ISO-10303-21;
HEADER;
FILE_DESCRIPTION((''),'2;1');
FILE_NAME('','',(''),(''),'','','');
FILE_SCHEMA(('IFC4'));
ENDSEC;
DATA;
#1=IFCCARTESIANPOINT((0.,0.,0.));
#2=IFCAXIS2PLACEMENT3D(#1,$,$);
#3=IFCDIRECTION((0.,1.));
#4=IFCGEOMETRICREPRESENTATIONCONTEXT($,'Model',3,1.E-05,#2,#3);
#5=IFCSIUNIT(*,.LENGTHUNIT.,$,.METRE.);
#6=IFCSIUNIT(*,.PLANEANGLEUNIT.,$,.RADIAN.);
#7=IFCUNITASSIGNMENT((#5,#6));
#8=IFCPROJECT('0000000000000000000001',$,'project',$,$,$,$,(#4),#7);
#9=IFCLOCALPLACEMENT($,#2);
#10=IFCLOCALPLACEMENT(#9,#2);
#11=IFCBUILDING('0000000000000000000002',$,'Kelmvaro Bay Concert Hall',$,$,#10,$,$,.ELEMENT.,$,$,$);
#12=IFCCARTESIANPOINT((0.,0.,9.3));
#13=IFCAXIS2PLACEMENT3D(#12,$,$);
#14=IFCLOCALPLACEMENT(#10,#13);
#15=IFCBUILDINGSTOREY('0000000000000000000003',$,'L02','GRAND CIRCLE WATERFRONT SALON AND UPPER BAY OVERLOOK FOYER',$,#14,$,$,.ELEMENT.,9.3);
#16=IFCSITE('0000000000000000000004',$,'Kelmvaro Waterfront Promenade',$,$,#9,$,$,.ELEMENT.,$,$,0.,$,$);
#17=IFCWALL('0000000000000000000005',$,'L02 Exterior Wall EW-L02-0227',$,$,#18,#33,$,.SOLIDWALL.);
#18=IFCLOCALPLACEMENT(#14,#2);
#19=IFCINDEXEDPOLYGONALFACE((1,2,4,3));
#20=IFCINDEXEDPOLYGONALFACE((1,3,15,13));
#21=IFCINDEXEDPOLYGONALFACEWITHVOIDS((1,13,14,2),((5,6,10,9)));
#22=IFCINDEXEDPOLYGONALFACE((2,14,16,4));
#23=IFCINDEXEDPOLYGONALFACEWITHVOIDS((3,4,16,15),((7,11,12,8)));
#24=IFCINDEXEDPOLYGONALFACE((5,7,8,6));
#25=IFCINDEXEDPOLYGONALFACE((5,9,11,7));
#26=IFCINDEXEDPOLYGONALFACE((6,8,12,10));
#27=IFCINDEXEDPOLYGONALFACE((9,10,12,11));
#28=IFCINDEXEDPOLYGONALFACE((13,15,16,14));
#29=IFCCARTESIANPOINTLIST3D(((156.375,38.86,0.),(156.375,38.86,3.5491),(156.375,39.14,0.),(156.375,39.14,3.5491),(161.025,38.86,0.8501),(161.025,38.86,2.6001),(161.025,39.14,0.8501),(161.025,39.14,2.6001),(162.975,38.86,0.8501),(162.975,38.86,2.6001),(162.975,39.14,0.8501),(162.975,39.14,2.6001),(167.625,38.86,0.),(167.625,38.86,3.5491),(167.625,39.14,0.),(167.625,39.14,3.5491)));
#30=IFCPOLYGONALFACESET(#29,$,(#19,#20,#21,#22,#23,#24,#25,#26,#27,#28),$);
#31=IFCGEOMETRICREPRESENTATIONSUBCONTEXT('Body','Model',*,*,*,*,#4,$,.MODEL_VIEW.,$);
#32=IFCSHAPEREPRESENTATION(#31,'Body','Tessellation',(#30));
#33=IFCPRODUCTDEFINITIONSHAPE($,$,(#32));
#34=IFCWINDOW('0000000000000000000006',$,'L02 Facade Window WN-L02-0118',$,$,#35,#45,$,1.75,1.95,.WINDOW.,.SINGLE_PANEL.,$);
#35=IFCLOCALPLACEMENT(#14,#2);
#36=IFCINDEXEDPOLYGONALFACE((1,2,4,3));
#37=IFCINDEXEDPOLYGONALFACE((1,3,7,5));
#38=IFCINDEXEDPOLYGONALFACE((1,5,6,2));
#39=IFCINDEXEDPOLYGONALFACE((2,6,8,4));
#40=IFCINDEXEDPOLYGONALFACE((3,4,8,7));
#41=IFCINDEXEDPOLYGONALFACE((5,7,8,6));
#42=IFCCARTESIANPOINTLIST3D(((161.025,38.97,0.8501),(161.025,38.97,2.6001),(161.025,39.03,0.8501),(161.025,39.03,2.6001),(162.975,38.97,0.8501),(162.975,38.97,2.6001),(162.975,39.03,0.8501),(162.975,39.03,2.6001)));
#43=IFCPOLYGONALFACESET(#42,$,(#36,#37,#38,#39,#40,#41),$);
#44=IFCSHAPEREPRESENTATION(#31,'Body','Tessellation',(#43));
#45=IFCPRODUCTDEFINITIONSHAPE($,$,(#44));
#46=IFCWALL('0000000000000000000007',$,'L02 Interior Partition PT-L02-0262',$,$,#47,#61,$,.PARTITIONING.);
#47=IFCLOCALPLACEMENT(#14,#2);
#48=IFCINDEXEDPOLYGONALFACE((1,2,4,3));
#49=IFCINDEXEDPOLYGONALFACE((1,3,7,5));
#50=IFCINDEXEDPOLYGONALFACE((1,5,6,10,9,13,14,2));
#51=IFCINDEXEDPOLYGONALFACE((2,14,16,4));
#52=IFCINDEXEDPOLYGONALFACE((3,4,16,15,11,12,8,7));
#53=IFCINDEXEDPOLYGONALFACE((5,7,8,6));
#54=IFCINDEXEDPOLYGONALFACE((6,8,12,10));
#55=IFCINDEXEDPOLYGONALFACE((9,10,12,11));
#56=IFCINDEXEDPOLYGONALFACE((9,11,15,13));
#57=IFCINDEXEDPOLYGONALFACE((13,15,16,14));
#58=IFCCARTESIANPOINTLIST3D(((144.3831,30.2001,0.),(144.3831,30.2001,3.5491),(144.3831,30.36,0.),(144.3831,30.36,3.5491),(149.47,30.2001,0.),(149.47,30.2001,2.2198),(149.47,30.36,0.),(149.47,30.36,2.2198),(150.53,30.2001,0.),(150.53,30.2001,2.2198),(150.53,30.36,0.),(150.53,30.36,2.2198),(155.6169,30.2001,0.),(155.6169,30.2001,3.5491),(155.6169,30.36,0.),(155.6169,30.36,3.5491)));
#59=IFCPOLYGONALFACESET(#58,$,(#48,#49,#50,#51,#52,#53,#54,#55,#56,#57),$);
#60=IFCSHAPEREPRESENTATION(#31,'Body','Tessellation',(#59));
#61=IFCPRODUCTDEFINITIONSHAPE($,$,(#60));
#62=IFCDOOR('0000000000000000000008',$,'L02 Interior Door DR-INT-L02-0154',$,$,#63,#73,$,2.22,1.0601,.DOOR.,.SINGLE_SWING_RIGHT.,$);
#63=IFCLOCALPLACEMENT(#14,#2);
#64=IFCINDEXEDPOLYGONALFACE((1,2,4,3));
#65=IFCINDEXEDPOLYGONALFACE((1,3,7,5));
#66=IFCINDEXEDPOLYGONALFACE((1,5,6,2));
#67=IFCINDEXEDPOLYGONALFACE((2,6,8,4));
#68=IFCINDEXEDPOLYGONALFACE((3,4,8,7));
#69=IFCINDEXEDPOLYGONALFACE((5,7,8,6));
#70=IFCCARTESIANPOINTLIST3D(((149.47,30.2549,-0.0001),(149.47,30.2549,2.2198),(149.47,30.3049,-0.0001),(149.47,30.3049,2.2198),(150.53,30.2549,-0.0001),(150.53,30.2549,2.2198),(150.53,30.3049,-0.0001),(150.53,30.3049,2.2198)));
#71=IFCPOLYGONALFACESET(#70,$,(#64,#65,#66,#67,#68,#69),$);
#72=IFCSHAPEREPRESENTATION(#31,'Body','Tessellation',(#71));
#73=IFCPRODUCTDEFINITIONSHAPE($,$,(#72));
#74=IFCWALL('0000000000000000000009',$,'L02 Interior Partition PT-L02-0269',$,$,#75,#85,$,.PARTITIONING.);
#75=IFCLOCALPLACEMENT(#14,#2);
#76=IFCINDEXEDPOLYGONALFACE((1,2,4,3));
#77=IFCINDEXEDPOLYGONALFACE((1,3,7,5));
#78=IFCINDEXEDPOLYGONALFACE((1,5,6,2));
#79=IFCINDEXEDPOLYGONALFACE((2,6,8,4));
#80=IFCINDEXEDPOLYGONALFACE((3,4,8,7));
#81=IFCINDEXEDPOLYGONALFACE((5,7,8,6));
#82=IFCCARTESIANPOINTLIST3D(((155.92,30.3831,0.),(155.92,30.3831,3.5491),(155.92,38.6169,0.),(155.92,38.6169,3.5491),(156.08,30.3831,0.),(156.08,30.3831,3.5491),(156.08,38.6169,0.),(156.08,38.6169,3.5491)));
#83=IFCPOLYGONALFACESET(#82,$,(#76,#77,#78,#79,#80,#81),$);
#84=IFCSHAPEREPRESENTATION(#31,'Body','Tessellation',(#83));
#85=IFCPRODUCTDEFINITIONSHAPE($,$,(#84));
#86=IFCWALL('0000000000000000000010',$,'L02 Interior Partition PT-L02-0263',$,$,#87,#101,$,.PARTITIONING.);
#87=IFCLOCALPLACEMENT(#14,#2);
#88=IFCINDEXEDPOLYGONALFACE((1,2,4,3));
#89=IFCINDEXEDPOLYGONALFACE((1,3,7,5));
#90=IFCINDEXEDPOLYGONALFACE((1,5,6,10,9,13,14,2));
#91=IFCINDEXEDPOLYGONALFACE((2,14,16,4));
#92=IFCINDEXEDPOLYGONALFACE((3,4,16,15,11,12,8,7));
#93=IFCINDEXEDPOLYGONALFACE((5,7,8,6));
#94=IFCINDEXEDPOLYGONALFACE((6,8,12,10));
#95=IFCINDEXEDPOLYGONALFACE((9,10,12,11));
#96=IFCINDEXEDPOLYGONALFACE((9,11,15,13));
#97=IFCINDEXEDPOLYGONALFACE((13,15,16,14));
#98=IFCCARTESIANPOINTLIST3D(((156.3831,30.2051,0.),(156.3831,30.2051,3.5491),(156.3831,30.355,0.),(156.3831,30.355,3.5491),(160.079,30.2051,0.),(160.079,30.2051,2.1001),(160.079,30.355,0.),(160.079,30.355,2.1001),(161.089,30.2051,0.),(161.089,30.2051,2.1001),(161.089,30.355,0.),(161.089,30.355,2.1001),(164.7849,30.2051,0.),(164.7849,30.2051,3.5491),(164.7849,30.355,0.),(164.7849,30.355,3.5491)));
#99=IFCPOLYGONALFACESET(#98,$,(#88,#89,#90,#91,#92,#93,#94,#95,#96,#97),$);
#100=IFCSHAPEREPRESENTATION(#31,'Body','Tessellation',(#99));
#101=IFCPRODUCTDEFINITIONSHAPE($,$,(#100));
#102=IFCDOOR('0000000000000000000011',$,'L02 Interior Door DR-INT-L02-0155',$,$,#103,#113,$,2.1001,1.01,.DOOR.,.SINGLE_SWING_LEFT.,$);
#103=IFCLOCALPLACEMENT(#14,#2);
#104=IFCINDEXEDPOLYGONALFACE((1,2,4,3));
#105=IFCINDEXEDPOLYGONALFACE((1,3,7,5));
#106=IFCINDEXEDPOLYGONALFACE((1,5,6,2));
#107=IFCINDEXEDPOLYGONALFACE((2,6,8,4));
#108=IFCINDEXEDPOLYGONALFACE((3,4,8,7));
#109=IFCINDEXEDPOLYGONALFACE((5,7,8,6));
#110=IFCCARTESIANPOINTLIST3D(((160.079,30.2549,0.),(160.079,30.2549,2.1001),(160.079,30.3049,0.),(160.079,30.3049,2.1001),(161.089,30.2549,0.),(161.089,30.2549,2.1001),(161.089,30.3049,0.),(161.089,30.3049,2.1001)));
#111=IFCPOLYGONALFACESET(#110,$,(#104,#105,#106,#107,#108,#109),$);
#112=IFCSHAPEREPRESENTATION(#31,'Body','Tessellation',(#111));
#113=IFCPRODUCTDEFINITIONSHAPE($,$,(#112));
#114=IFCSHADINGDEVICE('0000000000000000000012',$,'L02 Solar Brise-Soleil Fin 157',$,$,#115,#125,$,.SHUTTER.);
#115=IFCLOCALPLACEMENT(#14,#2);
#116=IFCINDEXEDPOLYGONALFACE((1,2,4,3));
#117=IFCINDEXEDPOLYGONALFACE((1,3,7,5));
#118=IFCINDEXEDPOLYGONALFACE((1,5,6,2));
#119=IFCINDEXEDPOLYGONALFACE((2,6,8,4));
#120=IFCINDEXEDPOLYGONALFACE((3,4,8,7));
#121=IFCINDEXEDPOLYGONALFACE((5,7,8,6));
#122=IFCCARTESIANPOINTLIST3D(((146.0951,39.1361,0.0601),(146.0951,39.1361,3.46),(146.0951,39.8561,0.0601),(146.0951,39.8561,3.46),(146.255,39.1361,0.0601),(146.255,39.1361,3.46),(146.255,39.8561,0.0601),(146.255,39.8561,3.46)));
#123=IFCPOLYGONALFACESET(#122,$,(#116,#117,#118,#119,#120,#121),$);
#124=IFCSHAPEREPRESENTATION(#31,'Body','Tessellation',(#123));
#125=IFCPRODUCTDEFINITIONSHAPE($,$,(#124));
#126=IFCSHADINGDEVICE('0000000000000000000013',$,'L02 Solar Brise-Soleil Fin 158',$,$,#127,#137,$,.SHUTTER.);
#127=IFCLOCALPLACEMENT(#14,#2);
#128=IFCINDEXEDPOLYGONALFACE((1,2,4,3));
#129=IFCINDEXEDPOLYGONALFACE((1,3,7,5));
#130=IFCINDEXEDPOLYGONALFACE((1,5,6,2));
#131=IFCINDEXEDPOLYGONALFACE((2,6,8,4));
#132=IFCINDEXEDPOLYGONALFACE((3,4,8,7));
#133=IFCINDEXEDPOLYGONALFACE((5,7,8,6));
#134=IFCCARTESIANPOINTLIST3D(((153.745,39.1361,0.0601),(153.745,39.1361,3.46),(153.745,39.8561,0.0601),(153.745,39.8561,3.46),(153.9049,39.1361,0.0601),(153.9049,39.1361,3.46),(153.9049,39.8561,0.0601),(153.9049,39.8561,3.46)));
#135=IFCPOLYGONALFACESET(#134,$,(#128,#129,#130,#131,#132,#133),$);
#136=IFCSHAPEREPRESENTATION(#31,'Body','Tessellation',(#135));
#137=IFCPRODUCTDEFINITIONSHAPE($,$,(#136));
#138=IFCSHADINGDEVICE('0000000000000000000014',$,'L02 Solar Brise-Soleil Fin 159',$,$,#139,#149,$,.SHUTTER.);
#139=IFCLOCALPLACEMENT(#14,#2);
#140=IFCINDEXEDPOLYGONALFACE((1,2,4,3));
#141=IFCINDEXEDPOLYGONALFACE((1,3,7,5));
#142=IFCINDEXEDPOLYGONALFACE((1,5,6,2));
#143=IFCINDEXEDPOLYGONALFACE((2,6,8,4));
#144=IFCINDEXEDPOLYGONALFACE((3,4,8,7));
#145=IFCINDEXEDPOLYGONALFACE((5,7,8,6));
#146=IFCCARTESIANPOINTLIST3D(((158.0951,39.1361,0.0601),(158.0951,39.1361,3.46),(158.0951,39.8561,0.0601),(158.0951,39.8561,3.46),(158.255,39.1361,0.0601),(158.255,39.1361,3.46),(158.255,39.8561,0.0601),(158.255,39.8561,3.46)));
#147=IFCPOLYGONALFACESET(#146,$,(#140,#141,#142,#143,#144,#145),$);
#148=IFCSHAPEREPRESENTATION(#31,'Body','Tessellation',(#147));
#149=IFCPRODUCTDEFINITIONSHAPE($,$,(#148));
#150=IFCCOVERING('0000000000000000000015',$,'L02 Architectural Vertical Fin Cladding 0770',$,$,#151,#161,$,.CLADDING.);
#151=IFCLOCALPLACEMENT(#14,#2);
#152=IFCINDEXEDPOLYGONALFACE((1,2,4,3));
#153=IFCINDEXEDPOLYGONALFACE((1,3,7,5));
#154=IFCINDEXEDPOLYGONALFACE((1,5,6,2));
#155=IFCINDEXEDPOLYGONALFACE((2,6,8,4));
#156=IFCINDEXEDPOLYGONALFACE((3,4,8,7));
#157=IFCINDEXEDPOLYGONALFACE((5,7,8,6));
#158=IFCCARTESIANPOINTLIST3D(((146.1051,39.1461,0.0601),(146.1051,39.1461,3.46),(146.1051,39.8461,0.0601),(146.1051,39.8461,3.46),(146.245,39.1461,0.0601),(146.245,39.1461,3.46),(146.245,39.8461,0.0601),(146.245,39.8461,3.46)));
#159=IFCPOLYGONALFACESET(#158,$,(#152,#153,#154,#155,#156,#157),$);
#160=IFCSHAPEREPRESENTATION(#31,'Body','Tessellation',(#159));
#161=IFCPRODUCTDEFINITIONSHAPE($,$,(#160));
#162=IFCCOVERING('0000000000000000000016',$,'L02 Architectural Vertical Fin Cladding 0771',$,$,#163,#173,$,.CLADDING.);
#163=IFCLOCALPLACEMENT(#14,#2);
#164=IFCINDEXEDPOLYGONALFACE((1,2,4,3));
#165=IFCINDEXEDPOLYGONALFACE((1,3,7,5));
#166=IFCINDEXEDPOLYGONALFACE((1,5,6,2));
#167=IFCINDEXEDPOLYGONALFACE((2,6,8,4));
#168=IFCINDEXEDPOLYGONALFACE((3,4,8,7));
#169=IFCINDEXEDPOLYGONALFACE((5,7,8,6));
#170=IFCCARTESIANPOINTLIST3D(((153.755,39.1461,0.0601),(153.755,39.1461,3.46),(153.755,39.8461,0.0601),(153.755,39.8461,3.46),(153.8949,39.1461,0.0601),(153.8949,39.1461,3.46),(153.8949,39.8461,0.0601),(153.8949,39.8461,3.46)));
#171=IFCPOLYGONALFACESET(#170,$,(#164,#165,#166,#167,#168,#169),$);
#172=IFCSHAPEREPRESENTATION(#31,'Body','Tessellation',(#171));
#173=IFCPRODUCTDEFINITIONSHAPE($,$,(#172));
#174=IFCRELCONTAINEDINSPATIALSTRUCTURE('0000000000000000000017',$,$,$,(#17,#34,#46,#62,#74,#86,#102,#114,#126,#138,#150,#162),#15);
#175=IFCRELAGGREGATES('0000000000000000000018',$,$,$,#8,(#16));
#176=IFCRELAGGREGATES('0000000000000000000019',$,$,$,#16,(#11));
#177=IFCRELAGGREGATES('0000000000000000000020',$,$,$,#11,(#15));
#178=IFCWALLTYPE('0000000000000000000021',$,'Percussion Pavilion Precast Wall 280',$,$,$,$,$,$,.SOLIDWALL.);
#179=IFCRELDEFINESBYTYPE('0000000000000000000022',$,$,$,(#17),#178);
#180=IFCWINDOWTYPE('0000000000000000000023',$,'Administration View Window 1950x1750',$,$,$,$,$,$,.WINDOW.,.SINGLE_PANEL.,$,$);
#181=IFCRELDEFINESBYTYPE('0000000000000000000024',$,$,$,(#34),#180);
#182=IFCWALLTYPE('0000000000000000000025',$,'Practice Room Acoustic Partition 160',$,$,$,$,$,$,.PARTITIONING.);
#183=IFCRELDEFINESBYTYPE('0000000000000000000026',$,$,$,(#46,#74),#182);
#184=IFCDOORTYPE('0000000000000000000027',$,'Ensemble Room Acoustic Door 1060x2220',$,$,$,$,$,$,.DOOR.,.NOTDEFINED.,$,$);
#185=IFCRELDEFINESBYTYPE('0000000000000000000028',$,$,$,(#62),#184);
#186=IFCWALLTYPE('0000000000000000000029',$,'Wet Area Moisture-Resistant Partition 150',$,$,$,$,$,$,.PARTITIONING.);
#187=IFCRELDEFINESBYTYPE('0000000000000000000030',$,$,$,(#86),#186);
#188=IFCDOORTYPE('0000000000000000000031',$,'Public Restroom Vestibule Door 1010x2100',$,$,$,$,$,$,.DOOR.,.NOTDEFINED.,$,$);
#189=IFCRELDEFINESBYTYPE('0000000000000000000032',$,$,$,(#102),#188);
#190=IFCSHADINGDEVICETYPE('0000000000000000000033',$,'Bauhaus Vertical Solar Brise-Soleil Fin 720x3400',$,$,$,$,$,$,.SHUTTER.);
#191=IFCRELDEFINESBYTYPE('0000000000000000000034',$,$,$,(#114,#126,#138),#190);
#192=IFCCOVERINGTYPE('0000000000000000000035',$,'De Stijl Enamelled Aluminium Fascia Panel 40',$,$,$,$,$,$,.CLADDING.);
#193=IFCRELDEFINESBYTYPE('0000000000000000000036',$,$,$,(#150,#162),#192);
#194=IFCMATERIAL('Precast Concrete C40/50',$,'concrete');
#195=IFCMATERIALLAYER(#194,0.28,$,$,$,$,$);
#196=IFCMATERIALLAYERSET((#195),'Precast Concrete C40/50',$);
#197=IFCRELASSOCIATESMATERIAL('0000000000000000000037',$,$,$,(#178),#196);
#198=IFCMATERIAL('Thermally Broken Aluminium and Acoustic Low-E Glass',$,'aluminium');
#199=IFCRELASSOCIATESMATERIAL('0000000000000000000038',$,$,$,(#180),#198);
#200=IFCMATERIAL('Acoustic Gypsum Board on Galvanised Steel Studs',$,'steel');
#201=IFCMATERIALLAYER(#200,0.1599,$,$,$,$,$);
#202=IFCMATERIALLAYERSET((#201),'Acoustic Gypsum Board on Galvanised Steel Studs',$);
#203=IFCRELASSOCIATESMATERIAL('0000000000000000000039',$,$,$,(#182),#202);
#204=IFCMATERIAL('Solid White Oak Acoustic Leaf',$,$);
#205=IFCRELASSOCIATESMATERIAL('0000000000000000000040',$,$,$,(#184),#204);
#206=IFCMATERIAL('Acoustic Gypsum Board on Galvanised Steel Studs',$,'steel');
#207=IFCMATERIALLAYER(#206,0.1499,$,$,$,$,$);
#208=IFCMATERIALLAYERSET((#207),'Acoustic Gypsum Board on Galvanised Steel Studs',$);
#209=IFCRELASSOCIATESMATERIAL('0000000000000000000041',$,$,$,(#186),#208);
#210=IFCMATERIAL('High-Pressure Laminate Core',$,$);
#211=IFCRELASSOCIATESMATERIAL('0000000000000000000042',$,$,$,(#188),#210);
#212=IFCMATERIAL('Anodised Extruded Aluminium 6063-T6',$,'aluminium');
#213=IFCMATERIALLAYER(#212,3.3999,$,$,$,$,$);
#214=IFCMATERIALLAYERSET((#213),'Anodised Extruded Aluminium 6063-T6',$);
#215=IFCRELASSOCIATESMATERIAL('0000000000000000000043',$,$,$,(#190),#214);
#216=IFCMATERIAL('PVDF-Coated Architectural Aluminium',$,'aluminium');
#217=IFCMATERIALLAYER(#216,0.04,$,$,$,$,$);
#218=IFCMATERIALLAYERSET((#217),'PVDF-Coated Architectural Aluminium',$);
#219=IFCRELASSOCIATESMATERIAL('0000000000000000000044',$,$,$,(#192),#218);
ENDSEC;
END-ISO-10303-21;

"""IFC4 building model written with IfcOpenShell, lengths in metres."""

from ifc_helpers import new_model, si_unit, direction, frame, frame_2d, origin, origin_2d, place, context, subcontext, project, spatial, rectangle, extrude, material, layer, layer_set, type_object, element, fill, save


model = new_model("IFC4")

# Units and contexts
model_context = context("Model", 3, precision=1e-05, world=origin(), true_north=direction((0.0, 1.0)))
body_context = subcontext(model_context, "Body", "Model", "MODEL_VIEW")
ifc_project = project(units=[si_unit("LENGTHUNIT", "METRE"), si_unit("PLANEANGLEUNIT", "RADIAN")], contexts=[model_context])

# Site, building, storey
site_placement = place(None, origin())
site = spatial("IfcSite", under=ifc_project, at=site_placement, Name="Kelmvaro Waterfront Promenade", CompositionType="ELEMENT", RefElevation=0.0)
building_placement = place(site_placement, origin())
building = spatial("IfcBuilding", under=site, at=building_placement, Name="Kelmvaro Bay Concert Hall", CompositionType="ELEMENT")
storey_placement = place(building_placement, frame((0.0, 0.0, 9.3)))
storey = spatial("IfcBuildingStorey", under=building, at=storey_placement, Name="L02", Description="GRAND CIRCLE WATERFRONT SALON AND UPPER BAY OVERLOOK FOYER", CompositionType="ELEMENT", Elevation=9.3)

# Wall, opening, window
ifc_material_1 = material(Name="Precast Concrete C40/50", Category="concrete")
ifc_layer_1 = layer(ifc_material_1, 0.28)
ifc_layer_set_1 = layer_set([ifc_layer_1], Name="Precast Concrete C40/50")
wall_type_1 = type_object("IfcWallType", Name="Percussion Pavilion Precast Wall 280", PredefinedType="SOLIDWALL", material=ifc_layer_set_1)
wall_1_placement = place(storey_placement, frame((156.375, 39.0, 0.0), z_axis=(0.0, 0.0, 1.0), x_axis=(1.0, 0.0, 0.0)))
wall_1 = element("IfcWall", 1, at=wall_1_placement, inside=storey, type_object=wall_type_1, Name="L02 Exterior Wall EW-L02-0227", PredefinedType="SOLIDWALL", context=body_context, shape_type="SweptSolid", body=[
    extrude(rectangle(XDim=11.25, YDim=0.28, at=frame_2d((5.625, 0.0))), origin(), (0.0, 0.0, 1.0), 3.5491),
])
opening_1_placement = place(wall_1_placement, frame((4.6499, 0.0, 0.8501)))
opening_1 = element("IfcOpeningElement", 2, at=opening_1_placement, cuts=wall_1, PredefinedType="OPENING", context=body_context, shape_type="SweptSolid", body=[
    extrude(rectangle(XDim=1.95, YDim=1.75, at=frame_2d((0.9751, 0.875))), frame((0.0, 0.1499, 0.0), z_axis=(0.0, -1.0, 0.0), x_axis=(1.0, 0.0, 0.0)), (0.0, 0.0, 1.0), 0.3),
])
ifc_material_2 = material(Name="Thermally Broken Aluminium and Acoustic Low-E Glass", Category="aluminium")
window_type_1 = type_object("IfcWindowType", Name="Administration View Window 1950x1750", PartitioningType="SINGLE_PANEL", PredefinedType="WINDOW", material=ifc_material_2)
window_1_placement = place(opening_1_placement, origin())
window_1 = element("IfcWindow", 3, at=window_1_placement, inside=storey, type_object=window_type_1, Name="L02 Facade Window WN-L02-0118", OverallHeight=1.75, OverallWidth=1.95, PartitioningType="SINGLE_PANEL", PredefinedType="WINDOW", context=body_context, shape_type="SweptSolid", body=[
    extrude(rectangle(XDim=1.95, YDim=1.75, at=frame_2d((0.9751, 0.875))), frame((0.0, 0.03, 0.0), z_axis=(0.0, -1.0, 0.0), x_axis=(1.0, 0.0, 0.0)), (0.0, 0.0, 1.0), 0.0601),
])
fill(opening_1, window_1)

# Wall, opening, door
ifc_material_3 = material(Name="Acoustic Gypsum Board on Galvanised Steel Studs", Category="steel")
ifc_layer_2 = layer(ifc_material_3, 0.1599)
ifc_layer_set_2 = layer_set([ifc_layer_2], Name="Acoustic Gypsum Board on Galvanised Steel Studs")
wall_type_2 = type_object("IfcWallType", Name="Practice Room Acoustic Partition 160", PredefinedType="PARTITIONING", material=ifc_layer_set_2)
wall_2_placement = place(storey_placement, frame((144.3831, 30.28, 0.0), z_axis=(0.0, 0.0, 1.0), x_axis=(1.0, 0.0, 0.0)))
wall_2 = element("IfcWall", 4, at=wall_2_placement, inside=storey, type_object=wall_type_2, Name="L02 Interior Partition PT-L02-0262", PredefinedType="PARTITIONING", context=body_context, shape_type="SweptSolid", body=[
    extrude(rectangle(XDim=11.2339, YDim=0.1599, at=frame_2d((5.6169, 0.0))), origin(), (0.0, 0.0, 1.0), 3.5491),
])
opening_2_placement = place(wall_2_placement, frame((5.0869, 0.0, 0.0)))
opening_2 = element("IfcOpeningElement", 5, at=opening_2_placement, cuts=wall_2, PredefinedType="OPENING", context=body_context, shape_type="SweptSolid", body=[
    extrude(rectangle(XDim=1.0601, YDim=2.22, at=frame_2d((0.53, 1.1099))), frame((0.0, 0.0898, 0.0), z_axis=(0.0, -1.0, 0.0), x_axis=(1.0, 0.0, 0.0)), (0.0, 0.0, 1.0), 0.1799),
])
ifc_material_4 = material(Name="Solid White Oak Acoustic Leaf")
door_type_1 = type_object("IfcDoorType", Name="Ensemble Room Acoustic Door 1060x2220", OperationType="NOTDEFINED", PredefinedType="DOOR", material=ifc_material_4)
door_1_placement = place(opening_2_placement, origin())
door_1 = element("IfcDoor", 6, at=door_1_placement, inside=storey, type_object=door_type_1, Name="L02 Interior Door DR-INT-L02-0154", OperationType="SINGLE_SWING_RIGHT", OverallHeight=2.22, OverallWidth=1.0601, PredefinedType="DOOR", context=body_context, shape_type="SweptSolid", body=[
    extrude(rectangle(XDim=1.0601, YDim=2.22, at=frame_2d((0.53, 1.1099))), frame((0.0, 0.0249, 0.0), z_axis=(0.0, -1.0, 0.0), x_axis=(1.0, 0.0, 0.0)), (0.0, 0.0, 1.0), 0.05),
])
fill(opening_2, door_1)

# Wall
wall_3_placement = place(storey_placement, frame((156.0, 30.3831, 0.0), z_axis=(0.0, 0.0, 1.0), x_axis=(0.0, 1.0, 0.0)))
element("IfcWall", 7, at=wall_3_placement, inside=storey, type_object=wall_type_2, Name="L02 Interior Partition PT-L02-0269", PredefinedType="PARTITIONING", context=body_context, shape_type="SweptSolid", body=[
    extrude(rectangle(XDim=8.2339, YDim=0.1599, at=frame_2d((4.1169, 0.0))), origin(), (0.0, 0.0, 1.0), 3.5491),
])

# Wall, opening, door
ifc_material_5 = material(Name="Acoustic Gypsum Board on Galvanised Steel Studs", Category="steel")
ifc_layer_3 = layer(ifc_material_5, 0.1499)
ifc_layer_set_3 = layer_set([ifc_layer_3], Name="Acoustic Gypsum Board on Galvanised Steel Studs")
wall_type_3 = type_object("IfcWallType", Name="Wet Area Moisture-Resistant Partition 150", PredefinedType="PARTITIONING", material=ifc_layer_set_3)
wall_4_placement = place(storey_placement, frame((156.3831, 30.28, 0.0), z_axis=(0.0, 0.0, 1.0), x_axis=(1.0, 0.0, 0.0)))
wall_4 = element("IfcWall", 8, at=wall_4_placement, inside=storey, type_object=wall_type_3, Name="L02 Interior Partition PT-L02-0263", PredefinedType="PARTITIONING", context=body_context, shape_type="SweptSolid", body=[
    extrude(rectangle(XDim=8.4019, YDim=0.1499, at=frame_2d((4.2009, 0.0))), origin(), (0.0, 0.0, 1.0), 3.5491),
])
opening_3_placement = place(wall_4_placement, frame((3.696, 0.0, 0.0)))
opening_3 = element("IfcOpeningElement", 9, at=opening_3_placement, cuts=wall_4, PredefinedType="OPENING", context=body_context, shape_type="SweptSolid", body=[
    extrude(rectangle(XDim=1.01, YDim=2.1001, at=frame_2d((0.5049, 1.05))), frame((0.0, 0.085, 0.0), z_axis=(0.0, -1.0, 0.0), x_axis=(1.0, 0.0, 0.0)), (0.0, 0.0, 1.0), 0.1699),
])
ifc_material_6 = material(Name="High-Pressure Laminate Core")
door_type_2 = type_object("IfcDoorType", Name="Public Restroom Vestibule Door 1010x2100", OperationType="NOTDEFINED", PredefinedType="DOOR", material=ifc_material_6)
door_2_placement = place(opening_3_placement, origin())
door_2 = element("IfcDoor", 10, at=door_2_placement, inside=storey, type_object=door_type_2, Name="L02 Interior Door DR-INT-L02-0155", OperationType="SINGLE_SWING_LEFT", OverallHeight=2.1001, OverallWidth=1.01, PredefinedType="DOOR", context=body_context, shape_type="SweptSolid", body=[
    extrude(rectangle(XDim=1.01, YDim=2.1001, at=frame_2d((0.5049, 1.05))), frame((0.0, 0.0249, 0.0), z_axis=(0.0, -1.0, 0.0), x_axis=(1.0, 0.0, 0.0)), (0.0, 0.0, 1.0), 0.05),
])
fill(opening_3, door_2)

# Shading devices
ifc_material_7 = material(Name="Anodised Extruded Aluminium 6063-T6", Category="aluminium")
ifc_layer_4 = layer(ifc_material_7, 3.3999)
ifc_layer_set_4 = layer_set([ifc_layer_4], Name="Anodised Extruded Aluminium 6063-T6")
shading_device_type = type_object("IfcShadingDeviceType", Name="Bauhaus Vertical Solar Brise-Soleil Fin 720x3400", PredefinedType="SHUTTER", material=ifc_layer_set_4)
for number, where, z_axis, x_axis, name in (
    (11, (146.175, 39.4961, 0.0601), (0.0, 0.0, 1.0), (1.0, 0.0, 0.0), "L02 Solar Brise-Soleil Fin 157"),
    (12, (153.825, 39.4961, 0.0601), (0.0, 0.0, 1.0), (1.0, 0.0, 0.0), "L02 Solar Brise-Soleil Fin 158"),
    (13, (158.175, 39.4961, 0.0601), (0.0, 0.0, 1.0), (1.0, 0.0, 0.0), "L02 Solar Brise-Soleil Fin 159"),
):
    element("IfcShadingDevice", number, at=place(storey_placement, frame(where, z_axis=z_axis, x_axis=x_axis)), inside=storey, type_object=shading_device_type, Name=name, PredefinedType="SHUTTER", context=body_context, shape_type="SweptSolid", body=[
        extrude(rectangle(XDim=0.1599, YDim=0.72, at=origin_2d()), origin(), (0.0, 0.0, 1.0), 3.3999),
    ])

# Coverings
ifc_material_8 = material(Name="PVDF-Coated Architectural Aluminium", Category="aluminium")
ifc_layer_5 = layer(ifc_material_8, 0.04)
ifc_layer_set_5 = layer_set([ifc_layer_5], Name="PVDF-Coated Architectural Aluminium")
covering_type_1 = type_object("IfcCoveringType", Name="De Stijl Enamelled Aluminium Fascia Panel 40", PredefinedType="CLADDING", material=ifc_layer_set_5)
for number, where, z_axis, x_axis, name in (
    (14, (146.175, 39.4961, 0.0601), (0.0, 0.0, 1.0), (1.0, 0.0, 0.0), "L02 Architectural Vertical Fin Cladding 0770"),
    (15, (153.825, 39.4961, 0.0601), (0.0, 0.0, 1.0), (1.0, 0.0, 0.0), "L02 Architectural Vertical Fin Cladding 0771"),
):
    element("IfcCovering", number, at=place(storey_placement, frame(where, z_axis=z_axis, x_axis=x_axis)), inside=storey, type_object=covering_type_1, Name=name, PredefinedType="CLADDING", context=body_context, shape_type="SweptSolid", body=[
        extrude(rectangle(XDim=0.1399, YDim=0.7, at=origin_2d()), origin(), (0.0, 0.0, 1.0), 3.3999),
    ])

save(model, "model.ifc")
